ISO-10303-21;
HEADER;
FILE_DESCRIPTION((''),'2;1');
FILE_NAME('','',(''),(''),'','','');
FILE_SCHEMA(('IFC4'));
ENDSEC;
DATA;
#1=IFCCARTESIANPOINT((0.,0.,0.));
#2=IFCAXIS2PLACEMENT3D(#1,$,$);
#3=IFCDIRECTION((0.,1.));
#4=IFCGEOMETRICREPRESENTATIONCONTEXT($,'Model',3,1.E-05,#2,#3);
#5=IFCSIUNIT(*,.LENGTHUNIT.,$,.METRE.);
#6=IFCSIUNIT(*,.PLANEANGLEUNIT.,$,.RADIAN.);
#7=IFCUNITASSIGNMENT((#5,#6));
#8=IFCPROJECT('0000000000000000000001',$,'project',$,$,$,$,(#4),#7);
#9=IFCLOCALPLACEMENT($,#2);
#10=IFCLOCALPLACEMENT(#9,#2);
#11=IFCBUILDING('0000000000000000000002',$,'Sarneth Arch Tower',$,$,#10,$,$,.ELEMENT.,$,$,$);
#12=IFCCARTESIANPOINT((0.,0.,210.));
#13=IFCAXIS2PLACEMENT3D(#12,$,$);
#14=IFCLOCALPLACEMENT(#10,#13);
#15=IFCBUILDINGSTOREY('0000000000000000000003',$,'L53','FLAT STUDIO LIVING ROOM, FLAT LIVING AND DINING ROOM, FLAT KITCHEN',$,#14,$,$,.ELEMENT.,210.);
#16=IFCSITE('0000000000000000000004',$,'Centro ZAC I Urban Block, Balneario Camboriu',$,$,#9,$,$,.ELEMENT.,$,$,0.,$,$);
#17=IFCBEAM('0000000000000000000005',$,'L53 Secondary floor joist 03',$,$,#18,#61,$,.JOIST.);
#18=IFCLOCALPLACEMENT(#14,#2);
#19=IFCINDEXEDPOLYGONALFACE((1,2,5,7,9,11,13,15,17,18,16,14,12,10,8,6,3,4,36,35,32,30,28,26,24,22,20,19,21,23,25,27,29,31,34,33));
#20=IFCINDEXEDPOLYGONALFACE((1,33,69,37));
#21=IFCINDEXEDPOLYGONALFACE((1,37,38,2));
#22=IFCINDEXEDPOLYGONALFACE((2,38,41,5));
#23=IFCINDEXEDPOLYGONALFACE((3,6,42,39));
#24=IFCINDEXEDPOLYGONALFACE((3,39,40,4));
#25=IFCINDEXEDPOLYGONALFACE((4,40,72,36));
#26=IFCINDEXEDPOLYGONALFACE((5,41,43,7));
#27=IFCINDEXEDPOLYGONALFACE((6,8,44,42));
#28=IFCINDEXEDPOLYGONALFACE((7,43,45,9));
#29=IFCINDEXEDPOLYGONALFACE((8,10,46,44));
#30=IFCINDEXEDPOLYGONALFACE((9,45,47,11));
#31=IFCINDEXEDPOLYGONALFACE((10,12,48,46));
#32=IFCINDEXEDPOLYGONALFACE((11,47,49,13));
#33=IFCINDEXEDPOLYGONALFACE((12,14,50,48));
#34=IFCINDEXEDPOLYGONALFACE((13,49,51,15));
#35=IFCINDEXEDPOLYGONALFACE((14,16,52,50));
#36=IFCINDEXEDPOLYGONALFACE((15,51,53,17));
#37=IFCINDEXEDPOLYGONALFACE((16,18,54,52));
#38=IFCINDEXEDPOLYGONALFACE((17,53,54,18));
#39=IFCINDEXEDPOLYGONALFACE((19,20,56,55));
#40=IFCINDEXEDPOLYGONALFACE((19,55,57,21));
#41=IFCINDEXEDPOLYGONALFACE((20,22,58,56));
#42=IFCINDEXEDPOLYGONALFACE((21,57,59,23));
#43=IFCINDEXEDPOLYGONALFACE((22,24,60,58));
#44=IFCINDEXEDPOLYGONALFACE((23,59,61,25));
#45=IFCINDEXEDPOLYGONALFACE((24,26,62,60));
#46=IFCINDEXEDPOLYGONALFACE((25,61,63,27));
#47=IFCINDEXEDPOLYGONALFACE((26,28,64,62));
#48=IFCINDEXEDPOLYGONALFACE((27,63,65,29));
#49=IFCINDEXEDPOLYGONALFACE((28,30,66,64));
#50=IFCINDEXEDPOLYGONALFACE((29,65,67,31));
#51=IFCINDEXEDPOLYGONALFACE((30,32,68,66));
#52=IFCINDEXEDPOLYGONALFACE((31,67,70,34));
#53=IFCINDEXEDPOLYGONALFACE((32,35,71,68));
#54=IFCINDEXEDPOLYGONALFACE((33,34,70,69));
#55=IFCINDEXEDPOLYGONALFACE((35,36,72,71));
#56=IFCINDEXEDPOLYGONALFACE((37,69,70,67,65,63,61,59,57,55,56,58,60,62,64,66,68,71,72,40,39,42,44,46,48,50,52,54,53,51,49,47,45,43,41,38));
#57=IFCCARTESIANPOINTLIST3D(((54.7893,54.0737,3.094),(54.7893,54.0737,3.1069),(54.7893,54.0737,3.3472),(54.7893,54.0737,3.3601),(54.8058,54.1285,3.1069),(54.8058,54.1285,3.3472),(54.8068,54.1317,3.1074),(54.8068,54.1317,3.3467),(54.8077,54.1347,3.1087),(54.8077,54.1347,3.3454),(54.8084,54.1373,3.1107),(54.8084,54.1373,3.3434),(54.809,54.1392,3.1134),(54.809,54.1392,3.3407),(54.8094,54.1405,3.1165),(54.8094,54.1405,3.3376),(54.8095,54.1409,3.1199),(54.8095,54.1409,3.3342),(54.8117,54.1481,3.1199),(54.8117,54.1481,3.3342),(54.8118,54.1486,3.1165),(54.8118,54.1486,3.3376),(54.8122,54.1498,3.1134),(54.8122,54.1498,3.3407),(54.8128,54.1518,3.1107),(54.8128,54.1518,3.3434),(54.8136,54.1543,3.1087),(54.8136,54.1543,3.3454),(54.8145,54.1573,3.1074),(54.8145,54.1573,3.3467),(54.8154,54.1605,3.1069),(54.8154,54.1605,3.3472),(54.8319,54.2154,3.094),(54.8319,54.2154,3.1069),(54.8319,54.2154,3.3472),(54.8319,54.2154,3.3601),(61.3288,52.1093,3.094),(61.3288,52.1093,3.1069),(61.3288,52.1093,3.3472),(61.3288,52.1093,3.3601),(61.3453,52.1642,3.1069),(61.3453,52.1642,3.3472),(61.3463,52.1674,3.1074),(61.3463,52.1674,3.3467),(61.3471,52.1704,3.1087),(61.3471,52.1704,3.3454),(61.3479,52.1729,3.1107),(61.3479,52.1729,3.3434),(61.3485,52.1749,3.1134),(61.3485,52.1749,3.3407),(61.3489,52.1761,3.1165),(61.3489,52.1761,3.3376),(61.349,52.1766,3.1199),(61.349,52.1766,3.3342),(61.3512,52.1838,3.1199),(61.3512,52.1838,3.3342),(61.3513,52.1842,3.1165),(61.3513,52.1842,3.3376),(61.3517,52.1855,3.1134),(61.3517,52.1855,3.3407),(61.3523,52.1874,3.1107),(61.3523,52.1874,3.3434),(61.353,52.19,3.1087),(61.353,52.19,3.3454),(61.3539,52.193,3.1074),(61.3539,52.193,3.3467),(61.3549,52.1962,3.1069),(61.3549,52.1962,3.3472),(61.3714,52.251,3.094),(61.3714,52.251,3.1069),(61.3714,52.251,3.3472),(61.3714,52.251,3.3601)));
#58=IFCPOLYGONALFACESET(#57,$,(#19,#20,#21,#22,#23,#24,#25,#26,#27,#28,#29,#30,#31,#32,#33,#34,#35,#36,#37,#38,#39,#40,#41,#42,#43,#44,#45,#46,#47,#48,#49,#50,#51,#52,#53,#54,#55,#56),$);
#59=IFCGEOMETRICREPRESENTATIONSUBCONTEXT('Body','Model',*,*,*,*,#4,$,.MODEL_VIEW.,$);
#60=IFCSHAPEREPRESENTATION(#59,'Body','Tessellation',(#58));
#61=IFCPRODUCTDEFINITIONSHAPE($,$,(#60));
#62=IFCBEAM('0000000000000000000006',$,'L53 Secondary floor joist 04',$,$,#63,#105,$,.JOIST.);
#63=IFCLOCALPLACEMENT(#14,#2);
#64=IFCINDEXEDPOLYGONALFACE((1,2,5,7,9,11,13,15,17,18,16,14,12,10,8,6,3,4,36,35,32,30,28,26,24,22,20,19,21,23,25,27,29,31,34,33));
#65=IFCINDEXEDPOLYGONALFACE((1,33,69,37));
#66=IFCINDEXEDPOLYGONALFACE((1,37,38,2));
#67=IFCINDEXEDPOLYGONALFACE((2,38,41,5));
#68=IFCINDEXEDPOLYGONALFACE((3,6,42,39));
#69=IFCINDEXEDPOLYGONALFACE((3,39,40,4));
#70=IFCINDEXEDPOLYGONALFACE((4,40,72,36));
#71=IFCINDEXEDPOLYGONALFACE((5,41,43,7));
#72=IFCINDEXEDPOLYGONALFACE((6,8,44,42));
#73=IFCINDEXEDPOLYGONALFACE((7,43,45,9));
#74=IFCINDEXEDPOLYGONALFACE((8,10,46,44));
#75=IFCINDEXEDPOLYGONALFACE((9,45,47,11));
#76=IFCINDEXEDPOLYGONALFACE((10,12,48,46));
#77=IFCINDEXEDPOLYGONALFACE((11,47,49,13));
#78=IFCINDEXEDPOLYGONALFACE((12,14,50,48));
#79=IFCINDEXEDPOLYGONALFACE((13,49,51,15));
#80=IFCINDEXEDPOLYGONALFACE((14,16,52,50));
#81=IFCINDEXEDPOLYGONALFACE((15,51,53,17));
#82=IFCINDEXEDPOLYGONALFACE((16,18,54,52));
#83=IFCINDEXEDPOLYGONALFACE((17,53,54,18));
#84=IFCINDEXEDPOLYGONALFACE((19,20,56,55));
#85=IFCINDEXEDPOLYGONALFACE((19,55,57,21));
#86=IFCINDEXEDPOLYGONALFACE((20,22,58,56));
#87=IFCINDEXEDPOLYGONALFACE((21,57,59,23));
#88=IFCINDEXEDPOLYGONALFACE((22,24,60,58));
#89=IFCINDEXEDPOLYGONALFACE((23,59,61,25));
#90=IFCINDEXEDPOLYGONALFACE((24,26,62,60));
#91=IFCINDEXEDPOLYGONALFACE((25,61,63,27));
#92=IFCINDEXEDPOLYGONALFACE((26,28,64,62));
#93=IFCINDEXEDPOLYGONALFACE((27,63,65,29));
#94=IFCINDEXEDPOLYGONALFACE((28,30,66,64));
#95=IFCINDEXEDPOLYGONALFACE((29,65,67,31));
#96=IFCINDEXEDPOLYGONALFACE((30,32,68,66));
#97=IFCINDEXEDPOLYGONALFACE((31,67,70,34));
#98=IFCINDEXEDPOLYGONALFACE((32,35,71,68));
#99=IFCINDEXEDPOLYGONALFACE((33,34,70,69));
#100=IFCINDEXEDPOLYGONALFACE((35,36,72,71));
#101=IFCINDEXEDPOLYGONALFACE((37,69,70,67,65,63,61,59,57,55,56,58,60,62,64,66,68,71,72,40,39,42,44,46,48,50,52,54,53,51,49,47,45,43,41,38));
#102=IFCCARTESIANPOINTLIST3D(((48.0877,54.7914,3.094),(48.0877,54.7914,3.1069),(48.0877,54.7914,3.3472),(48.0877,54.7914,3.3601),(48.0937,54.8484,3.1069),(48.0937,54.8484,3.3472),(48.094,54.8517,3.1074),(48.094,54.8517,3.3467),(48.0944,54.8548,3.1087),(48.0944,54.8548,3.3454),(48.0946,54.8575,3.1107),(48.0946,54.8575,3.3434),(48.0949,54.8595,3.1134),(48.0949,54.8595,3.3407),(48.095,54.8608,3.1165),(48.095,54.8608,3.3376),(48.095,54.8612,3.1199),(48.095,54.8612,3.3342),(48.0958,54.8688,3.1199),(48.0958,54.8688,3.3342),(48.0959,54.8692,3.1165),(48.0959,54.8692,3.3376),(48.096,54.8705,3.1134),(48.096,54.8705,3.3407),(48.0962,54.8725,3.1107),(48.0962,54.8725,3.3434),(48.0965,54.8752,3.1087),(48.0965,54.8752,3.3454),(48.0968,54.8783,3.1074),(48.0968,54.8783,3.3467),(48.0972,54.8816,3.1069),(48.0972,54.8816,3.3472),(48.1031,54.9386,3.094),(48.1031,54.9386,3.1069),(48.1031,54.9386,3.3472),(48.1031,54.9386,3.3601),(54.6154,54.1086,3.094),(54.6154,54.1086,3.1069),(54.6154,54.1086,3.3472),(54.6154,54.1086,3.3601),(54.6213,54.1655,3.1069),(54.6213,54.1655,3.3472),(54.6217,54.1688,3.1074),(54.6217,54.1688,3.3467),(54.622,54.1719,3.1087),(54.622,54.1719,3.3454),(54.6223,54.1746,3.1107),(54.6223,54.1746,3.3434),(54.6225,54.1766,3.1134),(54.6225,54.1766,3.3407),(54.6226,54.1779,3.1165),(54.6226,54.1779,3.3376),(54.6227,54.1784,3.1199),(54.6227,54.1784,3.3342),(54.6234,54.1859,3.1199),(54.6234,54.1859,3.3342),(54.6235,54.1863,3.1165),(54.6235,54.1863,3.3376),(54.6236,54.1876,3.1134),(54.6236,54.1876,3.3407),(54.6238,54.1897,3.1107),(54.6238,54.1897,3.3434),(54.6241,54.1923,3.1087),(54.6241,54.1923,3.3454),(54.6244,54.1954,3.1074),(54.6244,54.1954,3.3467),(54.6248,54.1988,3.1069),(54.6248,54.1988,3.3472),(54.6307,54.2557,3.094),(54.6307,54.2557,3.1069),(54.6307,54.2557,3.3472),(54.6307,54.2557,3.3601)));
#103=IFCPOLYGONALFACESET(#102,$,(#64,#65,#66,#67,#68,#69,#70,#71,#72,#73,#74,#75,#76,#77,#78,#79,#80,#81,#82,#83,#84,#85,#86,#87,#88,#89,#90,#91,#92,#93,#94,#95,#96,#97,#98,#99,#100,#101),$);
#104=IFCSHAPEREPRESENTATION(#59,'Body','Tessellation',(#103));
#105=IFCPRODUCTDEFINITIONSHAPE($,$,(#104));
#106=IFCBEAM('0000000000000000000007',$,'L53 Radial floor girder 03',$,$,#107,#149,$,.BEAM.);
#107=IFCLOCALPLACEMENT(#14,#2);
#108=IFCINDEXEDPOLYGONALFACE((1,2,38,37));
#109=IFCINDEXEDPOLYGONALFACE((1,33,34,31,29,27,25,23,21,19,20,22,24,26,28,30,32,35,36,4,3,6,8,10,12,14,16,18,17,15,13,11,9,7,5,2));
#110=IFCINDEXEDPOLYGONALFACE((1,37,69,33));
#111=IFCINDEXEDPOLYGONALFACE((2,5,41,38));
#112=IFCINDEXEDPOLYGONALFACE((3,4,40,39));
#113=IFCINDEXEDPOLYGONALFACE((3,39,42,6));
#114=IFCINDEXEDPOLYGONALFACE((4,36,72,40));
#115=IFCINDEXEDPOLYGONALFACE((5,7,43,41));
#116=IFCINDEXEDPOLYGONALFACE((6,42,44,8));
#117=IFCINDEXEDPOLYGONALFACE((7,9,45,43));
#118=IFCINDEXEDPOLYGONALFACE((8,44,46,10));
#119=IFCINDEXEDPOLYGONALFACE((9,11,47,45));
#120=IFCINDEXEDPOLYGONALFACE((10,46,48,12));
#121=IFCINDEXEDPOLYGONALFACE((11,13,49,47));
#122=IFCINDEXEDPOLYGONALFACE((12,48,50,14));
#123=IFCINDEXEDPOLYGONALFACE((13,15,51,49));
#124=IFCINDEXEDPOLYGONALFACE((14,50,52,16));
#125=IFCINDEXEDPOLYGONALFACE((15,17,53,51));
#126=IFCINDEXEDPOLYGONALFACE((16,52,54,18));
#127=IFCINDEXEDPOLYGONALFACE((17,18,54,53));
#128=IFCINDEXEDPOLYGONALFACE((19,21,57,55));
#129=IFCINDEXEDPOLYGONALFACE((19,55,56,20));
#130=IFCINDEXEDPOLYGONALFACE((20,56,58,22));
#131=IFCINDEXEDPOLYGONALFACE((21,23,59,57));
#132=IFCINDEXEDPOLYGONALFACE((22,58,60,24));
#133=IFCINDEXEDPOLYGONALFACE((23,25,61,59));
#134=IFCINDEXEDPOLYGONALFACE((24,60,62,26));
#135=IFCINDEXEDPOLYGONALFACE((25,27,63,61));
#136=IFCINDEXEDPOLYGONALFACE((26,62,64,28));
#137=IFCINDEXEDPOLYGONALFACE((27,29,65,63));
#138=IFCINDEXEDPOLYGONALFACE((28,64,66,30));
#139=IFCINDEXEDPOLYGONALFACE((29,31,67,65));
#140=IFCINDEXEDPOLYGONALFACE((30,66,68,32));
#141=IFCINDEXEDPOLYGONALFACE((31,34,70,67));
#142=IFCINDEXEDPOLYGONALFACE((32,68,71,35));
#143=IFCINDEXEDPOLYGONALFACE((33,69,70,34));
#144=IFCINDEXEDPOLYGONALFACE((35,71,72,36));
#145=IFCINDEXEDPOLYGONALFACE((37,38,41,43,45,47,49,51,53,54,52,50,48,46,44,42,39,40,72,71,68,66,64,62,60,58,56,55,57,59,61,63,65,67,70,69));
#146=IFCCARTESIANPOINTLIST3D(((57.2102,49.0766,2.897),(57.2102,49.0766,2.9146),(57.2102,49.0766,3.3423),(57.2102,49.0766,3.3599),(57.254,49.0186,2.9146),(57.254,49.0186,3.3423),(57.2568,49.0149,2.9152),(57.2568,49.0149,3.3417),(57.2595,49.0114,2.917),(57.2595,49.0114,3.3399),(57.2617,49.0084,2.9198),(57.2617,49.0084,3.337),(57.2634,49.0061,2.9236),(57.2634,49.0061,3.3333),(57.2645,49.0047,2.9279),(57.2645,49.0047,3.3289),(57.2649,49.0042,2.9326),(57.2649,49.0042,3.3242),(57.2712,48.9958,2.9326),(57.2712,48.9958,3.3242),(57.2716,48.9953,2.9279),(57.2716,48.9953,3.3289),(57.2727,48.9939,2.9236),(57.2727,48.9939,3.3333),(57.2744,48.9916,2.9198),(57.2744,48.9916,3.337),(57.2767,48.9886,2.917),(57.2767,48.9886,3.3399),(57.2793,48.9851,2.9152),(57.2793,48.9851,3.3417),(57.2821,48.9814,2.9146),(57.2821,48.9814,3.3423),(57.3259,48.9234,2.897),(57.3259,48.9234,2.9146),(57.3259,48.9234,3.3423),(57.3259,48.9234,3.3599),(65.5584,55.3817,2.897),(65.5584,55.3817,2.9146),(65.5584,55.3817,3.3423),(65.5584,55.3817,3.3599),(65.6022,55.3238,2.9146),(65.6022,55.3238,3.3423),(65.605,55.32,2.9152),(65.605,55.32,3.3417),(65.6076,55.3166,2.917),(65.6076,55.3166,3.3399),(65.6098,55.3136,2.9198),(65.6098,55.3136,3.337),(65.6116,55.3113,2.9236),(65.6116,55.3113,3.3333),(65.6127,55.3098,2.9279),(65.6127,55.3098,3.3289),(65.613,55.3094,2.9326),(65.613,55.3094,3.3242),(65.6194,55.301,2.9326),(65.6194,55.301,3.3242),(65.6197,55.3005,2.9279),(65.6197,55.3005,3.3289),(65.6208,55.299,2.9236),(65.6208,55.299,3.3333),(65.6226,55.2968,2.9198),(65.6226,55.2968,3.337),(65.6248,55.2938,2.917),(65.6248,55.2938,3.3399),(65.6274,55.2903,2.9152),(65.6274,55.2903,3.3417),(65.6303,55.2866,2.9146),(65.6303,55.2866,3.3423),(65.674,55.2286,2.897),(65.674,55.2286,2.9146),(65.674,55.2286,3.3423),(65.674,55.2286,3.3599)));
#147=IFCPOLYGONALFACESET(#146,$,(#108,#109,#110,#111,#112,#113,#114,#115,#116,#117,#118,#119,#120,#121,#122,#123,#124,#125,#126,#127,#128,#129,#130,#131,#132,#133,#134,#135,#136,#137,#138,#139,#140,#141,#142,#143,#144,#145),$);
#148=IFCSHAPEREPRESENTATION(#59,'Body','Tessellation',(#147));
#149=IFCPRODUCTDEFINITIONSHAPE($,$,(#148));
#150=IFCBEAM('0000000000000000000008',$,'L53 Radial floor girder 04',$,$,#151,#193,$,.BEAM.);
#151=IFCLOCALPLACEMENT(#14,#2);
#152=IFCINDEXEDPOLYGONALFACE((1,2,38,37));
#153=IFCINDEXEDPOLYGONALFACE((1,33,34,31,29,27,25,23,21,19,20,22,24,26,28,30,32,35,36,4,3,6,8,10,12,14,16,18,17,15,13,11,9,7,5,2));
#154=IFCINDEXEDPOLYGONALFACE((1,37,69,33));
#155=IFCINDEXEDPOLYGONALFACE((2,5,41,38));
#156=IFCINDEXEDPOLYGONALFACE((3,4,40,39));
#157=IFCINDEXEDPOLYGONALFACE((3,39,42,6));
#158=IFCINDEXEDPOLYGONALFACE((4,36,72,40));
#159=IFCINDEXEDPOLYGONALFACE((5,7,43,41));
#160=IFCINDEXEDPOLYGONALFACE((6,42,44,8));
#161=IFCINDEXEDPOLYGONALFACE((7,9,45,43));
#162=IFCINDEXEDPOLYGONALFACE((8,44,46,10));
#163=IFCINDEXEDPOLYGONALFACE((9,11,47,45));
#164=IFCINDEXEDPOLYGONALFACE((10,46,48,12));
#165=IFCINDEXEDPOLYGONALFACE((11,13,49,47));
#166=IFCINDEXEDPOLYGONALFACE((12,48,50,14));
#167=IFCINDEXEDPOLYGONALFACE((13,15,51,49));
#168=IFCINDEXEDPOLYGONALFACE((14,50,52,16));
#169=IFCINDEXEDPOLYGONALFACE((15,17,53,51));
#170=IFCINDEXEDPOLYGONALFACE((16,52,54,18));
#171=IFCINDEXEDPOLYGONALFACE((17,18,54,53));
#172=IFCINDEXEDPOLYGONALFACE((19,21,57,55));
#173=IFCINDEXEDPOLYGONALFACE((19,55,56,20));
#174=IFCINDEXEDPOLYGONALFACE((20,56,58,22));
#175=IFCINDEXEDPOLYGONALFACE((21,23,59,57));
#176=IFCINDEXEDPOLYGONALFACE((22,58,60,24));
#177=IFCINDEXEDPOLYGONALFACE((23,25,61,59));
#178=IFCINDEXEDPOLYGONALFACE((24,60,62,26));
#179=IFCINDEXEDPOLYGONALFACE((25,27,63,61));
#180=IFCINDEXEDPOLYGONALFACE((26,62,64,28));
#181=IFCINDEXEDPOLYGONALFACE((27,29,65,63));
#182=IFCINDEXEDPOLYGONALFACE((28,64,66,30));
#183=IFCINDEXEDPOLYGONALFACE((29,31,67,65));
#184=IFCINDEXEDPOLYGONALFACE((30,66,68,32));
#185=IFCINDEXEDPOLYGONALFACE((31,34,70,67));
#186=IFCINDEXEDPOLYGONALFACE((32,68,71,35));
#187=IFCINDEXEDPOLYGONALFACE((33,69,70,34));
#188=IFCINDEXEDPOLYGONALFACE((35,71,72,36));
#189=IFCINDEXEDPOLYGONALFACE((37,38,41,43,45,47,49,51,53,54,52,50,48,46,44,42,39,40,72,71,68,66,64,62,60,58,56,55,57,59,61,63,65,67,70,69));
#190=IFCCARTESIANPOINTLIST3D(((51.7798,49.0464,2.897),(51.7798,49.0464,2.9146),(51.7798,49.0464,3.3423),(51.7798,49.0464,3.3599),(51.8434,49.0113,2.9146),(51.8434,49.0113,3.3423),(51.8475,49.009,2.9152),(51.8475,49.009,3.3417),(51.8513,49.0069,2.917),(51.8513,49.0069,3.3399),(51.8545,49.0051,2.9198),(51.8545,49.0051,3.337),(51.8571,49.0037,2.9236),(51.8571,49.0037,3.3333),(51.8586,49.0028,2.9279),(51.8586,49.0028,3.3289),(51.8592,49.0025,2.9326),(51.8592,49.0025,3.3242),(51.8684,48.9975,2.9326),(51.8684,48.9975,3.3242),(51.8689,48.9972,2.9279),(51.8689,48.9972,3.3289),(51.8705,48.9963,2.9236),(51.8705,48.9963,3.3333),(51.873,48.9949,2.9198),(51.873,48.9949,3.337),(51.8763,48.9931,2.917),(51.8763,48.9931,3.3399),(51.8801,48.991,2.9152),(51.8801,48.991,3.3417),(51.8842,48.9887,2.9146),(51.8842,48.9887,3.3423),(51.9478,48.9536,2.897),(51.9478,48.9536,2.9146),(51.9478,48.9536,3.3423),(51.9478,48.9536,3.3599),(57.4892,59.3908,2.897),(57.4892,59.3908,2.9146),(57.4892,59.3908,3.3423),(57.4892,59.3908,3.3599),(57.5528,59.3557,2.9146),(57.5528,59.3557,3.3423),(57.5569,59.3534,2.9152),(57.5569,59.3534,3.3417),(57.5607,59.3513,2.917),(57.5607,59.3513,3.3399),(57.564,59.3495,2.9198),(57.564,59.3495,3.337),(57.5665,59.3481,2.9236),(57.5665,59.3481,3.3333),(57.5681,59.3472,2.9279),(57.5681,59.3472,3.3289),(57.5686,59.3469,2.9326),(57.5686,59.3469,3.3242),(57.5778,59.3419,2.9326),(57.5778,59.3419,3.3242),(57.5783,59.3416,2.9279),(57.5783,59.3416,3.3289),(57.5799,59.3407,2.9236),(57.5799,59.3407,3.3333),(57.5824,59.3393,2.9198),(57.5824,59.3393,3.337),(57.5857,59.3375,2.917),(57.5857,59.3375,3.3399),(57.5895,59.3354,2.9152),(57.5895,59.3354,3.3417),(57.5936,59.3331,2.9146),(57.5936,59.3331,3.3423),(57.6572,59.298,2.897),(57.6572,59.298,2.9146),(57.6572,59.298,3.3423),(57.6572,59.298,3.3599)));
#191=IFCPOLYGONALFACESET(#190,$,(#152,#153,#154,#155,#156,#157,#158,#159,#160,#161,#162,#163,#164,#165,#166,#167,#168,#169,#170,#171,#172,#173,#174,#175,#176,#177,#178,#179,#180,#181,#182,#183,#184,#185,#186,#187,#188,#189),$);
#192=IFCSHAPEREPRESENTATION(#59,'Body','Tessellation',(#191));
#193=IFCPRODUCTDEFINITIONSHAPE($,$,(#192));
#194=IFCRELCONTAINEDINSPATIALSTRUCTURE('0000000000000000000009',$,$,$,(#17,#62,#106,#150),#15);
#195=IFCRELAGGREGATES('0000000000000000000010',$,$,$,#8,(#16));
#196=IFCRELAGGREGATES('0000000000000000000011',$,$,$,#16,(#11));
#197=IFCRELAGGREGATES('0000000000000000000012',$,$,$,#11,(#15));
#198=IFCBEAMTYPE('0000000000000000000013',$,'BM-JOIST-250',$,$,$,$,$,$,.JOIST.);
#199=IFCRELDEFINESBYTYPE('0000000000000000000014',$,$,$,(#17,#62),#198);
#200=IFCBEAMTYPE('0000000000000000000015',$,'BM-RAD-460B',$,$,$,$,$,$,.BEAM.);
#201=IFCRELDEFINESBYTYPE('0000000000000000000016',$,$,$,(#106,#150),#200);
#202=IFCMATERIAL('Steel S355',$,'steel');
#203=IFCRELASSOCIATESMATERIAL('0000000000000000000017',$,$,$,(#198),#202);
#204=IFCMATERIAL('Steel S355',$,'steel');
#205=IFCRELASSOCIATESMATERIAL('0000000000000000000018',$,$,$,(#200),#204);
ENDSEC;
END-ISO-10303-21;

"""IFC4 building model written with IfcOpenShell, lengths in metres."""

from ifc_helpers import new_model, si_unit, direction, frame, origin, origin_2d, place, context, subcontext, project, spatial, i_section, extrude, material, material_profile, profile_set, type_object, element, save


model = new_model("IFC4")

# Units and contexts
model_context = context("Model", 3, precision=1e-05, world=origin(), true_north=direction((0.0, 1.0)))
body_context = subcontext(model_context, "Body", "Model", "MODEL_VIEW")
ifc_project = project(units=[si_unit("LENGTHUNIT", "METRE"), si_unit("PLANEANGLEUNIT", "RADIAN")], contexts=[model_context])

# Site, building, storey
site_placement = place(None, origin())
site = spatial("IfcSite", under=ifc_project, at=site_placement, Name="Centro ZAC I Urban Block, Balneario Camboriu", CompositionType="ELEMENT", RefElevation=0.0)
building_placement = place(site_placement, origin())
building = spatial("IfcBuilding", under=site, at=building_placement, Name="Sarneth Arch Tower", CompositionType="ELEMENT")
storey_placement = place(building_placement, frame((0.0, 0.0, 210.0)))
storey = spatial("IfcBuildingStorey", under=building, at=storey_placement, Name="L53", Description="FLAT STUDIO LIVING ROOM, FLAT LIVING AND DINING ROOM, FLAT KITCHEN", CompositionType="ELEMENT", Elevation=210.0)

# Beams
ifc_material_1 = material(Name="Steel S355", Category="steel")
ifc_material_profile_1 = material_profile(ifc_material_1, i_section(OverallWidth=0.1479, OverallDepth=0.2661, WebThickness=0.0076, FlangeThickness=0.0129, FilletRadius=0.0129, at=origin_2d()), Name="W250x44.8")
ifc_profile_set_1 = profile_set([ifc_material_profile_1], Name="Steel S355")
beam_type_1 = type_object("IfcBeamType", Name="BM-JOIST-250", PredefinedType="JOIST", material=ifc_profile_set_1)
beam_1_placement = place(storey_placement, frame((61.3501, 52.1802, 3.2271), z_axis=(-0.957726, 0.287682, 0.0), x_axis=(-0.287682, -0.957726, 0.0)))
element("IfcBeam", 1, at=beam_1_placement, inside=storey, type_object=beam_type_1, Name="L53 Secondary floor joist 03", PredefinedType="JOIST", context=body_context, shape_type="SweptSolid", body=[
    extrude(i_section(OverallWidth=0.1479, OverallDepth=0.2661, WebThickness=0.0076, FlangeThickness=0.0129, FilletRadius=0.0129, at=origin_2d()), origin(), (0.0, 0.0, 1.0), 6.8281),
])
beam_2_placement = place(storey_placement, frame((54.623, 54.1821, 3.2271), z_axis=(-0.994573, 0.104044, 0.0), x_axis=(-0.104044, -0.994573, 0.0)))
element("IfcBeam", 2, at=beam_2_placement, inside=storey, type_object=beam_type_1, Name="L53 Secondary floor joist 04", PredefinedType="JOIST", context=body_context, shape_type="SweptSolid", body=[
    extrude(i_section(OverallWidth=0.1479, OverallDepth=0.2661, WebThickness=0.0076, FlangeThickness=0.0129, FilletRadius=0.0129, at=origin_2d()), origin(), (0.0, 0.0, 1.0), 6.5632),
])
ifc_material_2 = material(Name="Steel S355", Category="steel")
ifc_material_profile_2 = material_profile(ifc_material_2, i_section(OverallWidth=0.1919, OverallDepth=0.4629, WebThickness=0.0105, FlangeThickness=0.0176, FilletRadius=0.0181, at=origin_2d()), Name="W460x89")
ifc_profile_set_2 = profile_set([ifc_material_profile_2], Name="Steel S355")
beam_type_2 = type_object("IfcBeamType", Name="BM-RAD-460B", PredefinedType="BEAM", material=ifc_profile_set_2)
beam_3_placement = place(storey_placement, frame((57.2681, 49.0, 3.1284), z_axis=(0.797974, 0.602692, 0.0), x_axis=(-0.602692, 0.797974, 0.0)))
element("IfcBeam", 3, at=beam_3_placement, inside=storey, type_object=beam_type_2, Name="L53 Radial floor girder 03", PredefinedType="BEAM", context=body_context, shape_type="SweptSolid", body=[
    extrude(i_section(OverallWidth=0.1919, OverallDepth=0.4629, WebThickness=0.0105, FlangeThickness=0.0176, FilletRadius=0.0181, at=origin_2d()), origin(), (0.0, 0.0, 1.0), 10.4617),
])
beam_4_placement = place(storey_placement, frame((51.8638, 49.0, 3.1284), z_axis=(0.483218, 0.8755, 0.0), x_axis=(-0.8755, 0.483218, 0.0)))
element("IfcBeam", 4, at=beam_4_placement, inside=storey, type_object=beam_type_2, Name="L53 Radial floor girder 04", PredefinedType="BEAM", context=body_context, shape_type="SweptSolid", body=[
    extrude(i_section(OverallWidth=0.1919, OverallDepth=0.4629, WebThickness=0.0105, FlangeThickness=0.0176, FilletRadius=0.0181, at=origin_2d()), origin(), (0.0, 0.0, 1.0), 11.8154),
])

save(model, "model.ifc")
